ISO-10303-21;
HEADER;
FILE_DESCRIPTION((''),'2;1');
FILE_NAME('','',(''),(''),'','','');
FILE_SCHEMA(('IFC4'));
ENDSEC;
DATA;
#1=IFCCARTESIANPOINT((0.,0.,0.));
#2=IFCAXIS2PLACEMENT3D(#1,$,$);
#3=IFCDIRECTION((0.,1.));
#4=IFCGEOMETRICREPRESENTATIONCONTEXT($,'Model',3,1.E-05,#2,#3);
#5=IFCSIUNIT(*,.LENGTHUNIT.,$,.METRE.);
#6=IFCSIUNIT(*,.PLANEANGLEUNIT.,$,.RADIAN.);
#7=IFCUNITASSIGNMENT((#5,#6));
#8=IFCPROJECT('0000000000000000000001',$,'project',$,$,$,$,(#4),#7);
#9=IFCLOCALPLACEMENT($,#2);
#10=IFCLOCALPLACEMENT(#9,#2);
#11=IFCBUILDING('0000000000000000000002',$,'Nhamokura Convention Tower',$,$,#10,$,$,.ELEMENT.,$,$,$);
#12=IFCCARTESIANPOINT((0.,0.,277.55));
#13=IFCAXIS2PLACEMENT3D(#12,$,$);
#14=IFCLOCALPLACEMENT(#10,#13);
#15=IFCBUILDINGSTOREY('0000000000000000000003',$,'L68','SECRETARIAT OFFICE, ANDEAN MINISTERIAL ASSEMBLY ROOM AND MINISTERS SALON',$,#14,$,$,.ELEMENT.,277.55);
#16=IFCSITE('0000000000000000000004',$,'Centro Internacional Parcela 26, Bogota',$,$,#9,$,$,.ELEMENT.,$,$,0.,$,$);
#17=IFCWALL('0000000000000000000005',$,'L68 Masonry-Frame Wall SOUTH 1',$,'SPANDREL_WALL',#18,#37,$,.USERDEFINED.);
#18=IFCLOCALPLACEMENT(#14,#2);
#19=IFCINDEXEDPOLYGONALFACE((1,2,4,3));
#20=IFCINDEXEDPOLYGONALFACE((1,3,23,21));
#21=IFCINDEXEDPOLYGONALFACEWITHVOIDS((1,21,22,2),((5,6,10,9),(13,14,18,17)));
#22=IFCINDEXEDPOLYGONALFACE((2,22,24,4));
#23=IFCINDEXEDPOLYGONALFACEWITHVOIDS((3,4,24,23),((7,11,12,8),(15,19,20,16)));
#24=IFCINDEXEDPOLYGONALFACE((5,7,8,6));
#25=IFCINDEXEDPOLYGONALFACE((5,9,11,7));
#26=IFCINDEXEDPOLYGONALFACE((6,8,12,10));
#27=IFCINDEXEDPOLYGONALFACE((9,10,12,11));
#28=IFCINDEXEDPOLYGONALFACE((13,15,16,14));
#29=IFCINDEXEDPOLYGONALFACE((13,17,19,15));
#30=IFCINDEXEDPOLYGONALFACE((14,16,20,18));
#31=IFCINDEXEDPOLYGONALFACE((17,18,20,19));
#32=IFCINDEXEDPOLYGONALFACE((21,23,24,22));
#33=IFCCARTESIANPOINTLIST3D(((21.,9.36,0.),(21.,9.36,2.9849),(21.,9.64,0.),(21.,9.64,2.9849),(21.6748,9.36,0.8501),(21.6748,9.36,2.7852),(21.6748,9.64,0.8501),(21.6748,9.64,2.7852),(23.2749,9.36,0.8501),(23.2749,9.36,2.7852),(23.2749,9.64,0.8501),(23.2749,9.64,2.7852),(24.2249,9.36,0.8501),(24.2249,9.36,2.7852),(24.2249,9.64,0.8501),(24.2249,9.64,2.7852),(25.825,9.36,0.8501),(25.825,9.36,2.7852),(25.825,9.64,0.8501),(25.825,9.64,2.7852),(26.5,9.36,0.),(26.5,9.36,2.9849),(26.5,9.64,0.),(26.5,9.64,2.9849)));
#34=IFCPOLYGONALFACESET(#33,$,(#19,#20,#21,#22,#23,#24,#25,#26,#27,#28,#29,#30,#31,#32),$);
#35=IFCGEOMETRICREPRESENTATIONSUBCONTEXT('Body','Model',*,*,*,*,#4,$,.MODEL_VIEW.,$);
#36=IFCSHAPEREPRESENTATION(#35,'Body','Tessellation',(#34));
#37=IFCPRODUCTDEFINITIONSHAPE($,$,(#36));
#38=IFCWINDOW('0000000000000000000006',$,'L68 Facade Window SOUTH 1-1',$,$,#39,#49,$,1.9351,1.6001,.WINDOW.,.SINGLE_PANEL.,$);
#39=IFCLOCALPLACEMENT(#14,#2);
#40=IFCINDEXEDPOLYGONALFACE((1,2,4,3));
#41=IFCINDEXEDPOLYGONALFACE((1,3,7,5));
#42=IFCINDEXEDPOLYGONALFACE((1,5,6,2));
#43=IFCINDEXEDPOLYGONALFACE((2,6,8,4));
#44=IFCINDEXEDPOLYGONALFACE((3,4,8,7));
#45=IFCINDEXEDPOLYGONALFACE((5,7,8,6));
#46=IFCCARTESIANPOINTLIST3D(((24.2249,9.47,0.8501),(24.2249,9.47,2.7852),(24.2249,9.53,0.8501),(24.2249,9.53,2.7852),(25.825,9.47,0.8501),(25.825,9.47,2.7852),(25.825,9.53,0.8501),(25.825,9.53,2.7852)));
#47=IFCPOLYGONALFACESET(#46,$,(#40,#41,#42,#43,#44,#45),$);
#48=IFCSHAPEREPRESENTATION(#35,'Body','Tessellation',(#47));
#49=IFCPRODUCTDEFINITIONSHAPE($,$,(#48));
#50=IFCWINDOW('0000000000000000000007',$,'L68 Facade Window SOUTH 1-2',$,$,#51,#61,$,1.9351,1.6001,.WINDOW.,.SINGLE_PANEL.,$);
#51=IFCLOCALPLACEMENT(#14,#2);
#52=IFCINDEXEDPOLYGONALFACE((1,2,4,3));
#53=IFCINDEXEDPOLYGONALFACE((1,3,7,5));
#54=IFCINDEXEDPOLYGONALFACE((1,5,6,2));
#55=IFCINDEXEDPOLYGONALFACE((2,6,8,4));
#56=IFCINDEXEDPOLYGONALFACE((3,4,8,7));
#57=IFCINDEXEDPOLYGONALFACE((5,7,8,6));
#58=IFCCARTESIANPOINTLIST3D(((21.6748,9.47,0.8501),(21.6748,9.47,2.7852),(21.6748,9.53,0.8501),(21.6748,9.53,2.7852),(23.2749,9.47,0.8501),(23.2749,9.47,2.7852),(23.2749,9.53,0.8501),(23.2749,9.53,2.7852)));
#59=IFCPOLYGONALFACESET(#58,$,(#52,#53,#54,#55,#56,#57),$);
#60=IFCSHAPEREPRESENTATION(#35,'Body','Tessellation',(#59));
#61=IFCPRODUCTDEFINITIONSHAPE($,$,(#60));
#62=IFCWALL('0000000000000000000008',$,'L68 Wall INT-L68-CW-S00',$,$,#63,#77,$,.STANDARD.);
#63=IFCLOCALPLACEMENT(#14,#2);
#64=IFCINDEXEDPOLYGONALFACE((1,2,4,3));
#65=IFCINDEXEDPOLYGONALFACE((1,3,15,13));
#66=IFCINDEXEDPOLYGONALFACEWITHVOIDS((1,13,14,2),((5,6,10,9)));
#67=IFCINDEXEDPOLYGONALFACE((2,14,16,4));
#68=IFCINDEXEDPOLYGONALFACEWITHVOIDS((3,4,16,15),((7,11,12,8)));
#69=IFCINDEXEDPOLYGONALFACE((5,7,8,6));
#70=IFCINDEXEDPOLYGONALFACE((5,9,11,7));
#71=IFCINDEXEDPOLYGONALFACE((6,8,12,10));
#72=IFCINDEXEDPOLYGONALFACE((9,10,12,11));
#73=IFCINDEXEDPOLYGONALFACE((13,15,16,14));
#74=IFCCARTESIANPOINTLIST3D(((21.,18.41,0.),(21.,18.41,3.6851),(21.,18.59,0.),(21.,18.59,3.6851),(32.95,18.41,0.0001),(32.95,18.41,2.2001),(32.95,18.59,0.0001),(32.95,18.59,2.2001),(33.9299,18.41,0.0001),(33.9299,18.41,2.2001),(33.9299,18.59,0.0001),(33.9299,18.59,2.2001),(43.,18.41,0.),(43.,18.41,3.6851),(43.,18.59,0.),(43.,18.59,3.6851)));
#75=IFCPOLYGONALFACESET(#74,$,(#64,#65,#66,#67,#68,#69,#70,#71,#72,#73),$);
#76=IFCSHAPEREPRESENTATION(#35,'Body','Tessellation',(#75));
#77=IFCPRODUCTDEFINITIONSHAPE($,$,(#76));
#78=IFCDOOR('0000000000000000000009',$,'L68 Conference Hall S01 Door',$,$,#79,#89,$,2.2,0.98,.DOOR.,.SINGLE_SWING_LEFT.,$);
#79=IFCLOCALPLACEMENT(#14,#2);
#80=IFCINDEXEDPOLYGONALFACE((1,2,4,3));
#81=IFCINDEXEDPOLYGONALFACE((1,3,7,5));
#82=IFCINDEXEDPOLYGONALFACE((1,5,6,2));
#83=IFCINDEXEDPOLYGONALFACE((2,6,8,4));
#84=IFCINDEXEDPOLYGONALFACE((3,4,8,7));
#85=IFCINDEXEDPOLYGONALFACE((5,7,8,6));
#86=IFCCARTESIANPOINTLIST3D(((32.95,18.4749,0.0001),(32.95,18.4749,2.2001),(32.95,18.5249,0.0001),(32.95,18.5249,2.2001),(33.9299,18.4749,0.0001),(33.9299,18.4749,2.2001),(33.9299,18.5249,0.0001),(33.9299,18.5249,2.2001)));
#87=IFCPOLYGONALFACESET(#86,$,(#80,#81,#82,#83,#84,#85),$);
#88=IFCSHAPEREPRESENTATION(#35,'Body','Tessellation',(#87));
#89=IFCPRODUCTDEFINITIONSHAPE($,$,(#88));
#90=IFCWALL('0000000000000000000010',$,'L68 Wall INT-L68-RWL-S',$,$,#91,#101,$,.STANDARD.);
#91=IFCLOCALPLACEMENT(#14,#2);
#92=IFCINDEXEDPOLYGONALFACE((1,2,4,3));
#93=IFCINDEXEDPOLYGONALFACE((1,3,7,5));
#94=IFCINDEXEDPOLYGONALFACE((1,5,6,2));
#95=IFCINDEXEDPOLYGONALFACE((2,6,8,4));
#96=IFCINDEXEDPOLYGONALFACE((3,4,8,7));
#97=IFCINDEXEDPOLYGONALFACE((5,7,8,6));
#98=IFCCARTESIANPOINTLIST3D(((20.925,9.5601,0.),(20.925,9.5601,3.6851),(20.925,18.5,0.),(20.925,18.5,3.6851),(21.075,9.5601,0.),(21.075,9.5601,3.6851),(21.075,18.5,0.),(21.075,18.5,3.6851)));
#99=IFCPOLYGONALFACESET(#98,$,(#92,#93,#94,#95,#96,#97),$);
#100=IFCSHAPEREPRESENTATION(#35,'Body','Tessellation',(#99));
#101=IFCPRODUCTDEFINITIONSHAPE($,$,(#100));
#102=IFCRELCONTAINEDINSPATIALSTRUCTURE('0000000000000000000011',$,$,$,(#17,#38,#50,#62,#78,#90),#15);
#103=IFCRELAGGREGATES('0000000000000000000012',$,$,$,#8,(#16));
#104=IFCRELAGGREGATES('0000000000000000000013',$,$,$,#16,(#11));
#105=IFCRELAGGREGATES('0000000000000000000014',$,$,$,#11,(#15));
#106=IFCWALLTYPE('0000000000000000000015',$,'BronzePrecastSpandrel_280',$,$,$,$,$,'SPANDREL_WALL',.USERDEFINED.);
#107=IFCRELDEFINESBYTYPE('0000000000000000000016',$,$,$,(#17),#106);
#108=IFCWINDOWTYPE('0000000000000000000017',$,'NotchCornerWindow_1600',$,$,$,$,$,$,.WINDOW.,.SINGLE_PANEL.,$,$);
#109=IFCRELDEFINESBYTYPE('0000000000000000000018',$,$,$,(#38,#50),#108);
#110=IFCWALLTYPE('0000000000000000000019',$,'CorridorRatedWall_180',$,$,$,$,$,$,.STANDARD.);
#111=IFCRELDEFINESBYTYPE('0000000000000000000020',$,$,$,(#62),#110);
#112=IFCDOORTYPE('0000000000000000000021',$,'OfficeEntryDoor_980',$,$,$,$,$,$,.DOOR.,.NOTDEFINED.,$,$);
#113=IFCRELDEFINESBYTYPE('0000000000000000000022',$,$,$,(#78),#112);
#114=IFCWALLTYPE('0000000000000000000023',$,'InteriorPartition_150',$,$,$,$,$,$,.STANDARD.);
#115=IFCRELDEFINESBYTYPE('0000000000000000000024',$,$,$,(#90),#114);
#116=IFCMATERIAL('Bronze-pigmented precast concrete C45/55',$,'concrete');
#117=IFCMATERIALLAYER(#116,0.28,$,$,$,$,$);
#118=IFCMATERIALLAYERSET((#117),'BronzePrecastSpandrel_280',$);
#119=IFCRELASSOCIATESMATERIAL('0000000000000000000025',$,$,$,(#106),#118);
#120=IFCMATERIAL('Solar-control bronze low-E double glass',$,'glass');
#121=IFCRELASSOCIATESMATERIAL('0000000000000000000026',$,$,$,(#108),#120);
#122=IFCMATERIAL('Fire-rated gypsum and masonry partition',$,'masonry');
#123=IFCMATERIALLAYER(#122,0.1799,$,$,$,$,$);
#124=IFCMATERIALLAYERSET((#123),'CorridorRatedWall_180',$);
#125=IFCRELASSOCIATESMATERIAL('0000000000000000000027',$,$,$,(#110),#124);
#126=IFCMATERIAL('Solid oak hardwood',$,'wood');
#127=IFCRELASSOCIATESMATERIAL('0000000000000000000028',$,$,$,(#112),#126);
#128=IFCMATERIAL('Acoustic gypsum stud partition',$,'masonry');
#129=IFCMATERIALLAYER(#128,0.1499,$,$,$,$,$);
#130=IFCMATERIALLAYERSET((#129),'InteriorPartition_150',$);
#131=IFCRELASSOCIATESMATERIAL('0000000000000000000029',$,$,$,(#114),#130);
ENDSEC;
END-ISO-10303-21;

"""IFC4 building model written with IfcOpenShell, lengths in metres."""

from ifc_helpers import new_model, si_unit, direction, frame, frame_2d, origin, place, context, subcontext, project, spatial, rectangle, extrude, material, layer, layer_set, type_object, element, fill, save


model = new_model("IFC4")

# Units and contexts
model_context = context("Model", 3, precision=1e-05, world=origin(), true_north=direction((0.0, 1.0)))
body_context = subcontext(model_context, "Body", "Model", "MODEL_VIEW")
ifc_project = project(units=[si_unit("LENGTHUNIT", "METRE"), si_unit("PLANEANGLEUNIT", "RADIAN")], contexts=[model_context])

# Site, building, storey
site_placement = place(None, origin())
site = spatial("IfcSite", under=ifc_project, at=site_placement, Name="Centro Internacional Parcela 26, Bogota", CompositionType="ELEMENT", RefElevation=0.0)
building_placement = place(site_placement, origin())
building = spatial("IfcBuilding", under=site, at=building_placement, Name="Nhamokura Convention Tower", CompositionType="ELEMENT")
storey_placement = place(building_placement, frame((0.0, 0.0, 277.55)))
storey = spatial("IfcBuildingStorey", under=building, at=storey_placement, Name="L68", Description="SECRETARIAT OFFICE, ANDEAN MINISTERIAL ASSEMBLY ROOM AND MINISTERS SALON", CompositionType="ELEMENT", Elevation=277.55)

# Shared definitions
ifc_material_1 = material(Name="Bronze-pigmented precast concrete C45/55", Category="concrete")
ifc_layer_1 = layer(ifc_material_1, 0.28)
ifc_layer_set_1 = layer_set([ifc_layer_1], Name="BronzePrecastSpandrel_280")
wall_type_1 = type_object("IfcWallType", Name="BronzePrecastSpandrel_280", ElementType="SPANDREL_WALL", PredefinedType="USERDEFINED", material=ifc_layer_set_1)

# Wall, openings, windows
wall_1_placement = place(storey_placement, frame((26.5, 9.5, 0.0), z_axis=(0.0, 0.0, 1.0), x_axis=(-1.0, 0.0, 0.0)))
wall_1 = element("IfcWall", 1, at=wall_1_placement, inside=storey, type_object=wall_type_1, Name="L68 Masonry-Frame Wall SOUTH 1", ObjectType="SPANDREL_WALL", PredefinedType="USERDEFINED", context=body_context, shape_type="SweptSolid", body=[
    extrude(rectangle(XDim=5.5, YDim=0.28, at=frame_2d((2.75, 0.0))), origin(), (0.0, 0.0, 1.0), 2.9849),
])
opening_1_placement = place(wall_1_placement, frame((0.675, 0.0, 0.8501)))
opening_1 = element("IfcOpeningElement", 2, at=opening_1_placement, cuts=wall_1, PredefinedType="OPENING", context=body_context, shape_type="SweptSolid", body=[
    extrude(rectangle(XDim=1.6001, YDim=1.9351, at=frame_2d((0.8, 0.9675))), frame((0.0, 0.1499, 0.0), z_axis=(0.0, -1.0, 0.0), x_axis=(1.0, 0.0, 0.0)), (0.0, 0.0, 1.0), 0.3),
])
opening_2_placement = place(wall_1_placement, frame((3.2251, 0.0, 0.8501)))
opening_2 = element("IfcOpeningElement", 3, at=opening_2_placement, cuts=wall_1, PredefinedType="OPENING", context=body_context, shape_type="SweptSolid", body=[
    extrude(rectangle(XDim=1.6001, YDim=1.9351, at=frame_2d((0.8, 0.9675))), frame((0.0, 0.1499, 0.0), z_axis=(0.0, -1.0, 0.0), x_axis=(1.0, 0.0, 0.0)), (0.0, 0.0, 1.0), 0.3),
])
ifc_material_2 = material(Name="Solar-control bronze low-E double glass", Category="glass")
window_type = type_object("IfcWindowType", Name="NotchCornerWindow_1600", PartitioningType="SINGLE_PANEL", PredefinedType="WINDOW", material=ifc_material_2)
window_1_placement = place(opening_1_placement, origin())
window_1 = element("IfcWindow", 4, at=window_1_placement, inside=storey, type_object=window_type, Name="L68 Facade Window SOUTH 1-1", OverallHeight=1.9351, OverallWidth=1.6001, PartitioningType="SINGLE_PANEL", PredefinedType="WINDOW", context=body_context, shape_type="SweptSolid", body=[
    extrude(rectangle(XDim=1.6001, YDim=1.9351, at=frame_2d((0.8, 0.9675))), frame((0.0, 0.03, 0.0), z_axis=(0.0, -1.0, 0.0), x_axis=(1.0, 0.0, 0.0)), (0.0, 0.0, 1.0), 0.0601),
])
fill(opening_1, window_1)
window_2_placement = place(opening_2_placement, origin())
window_2 = element("IfcWindow", 5, at=window_2_placement, inside=storey, type_object=window_type, Name="L68 Facade Window SOUTH 1-2", OverallHeight=1.9351, OverallWidth=1.6001, PartitioningType="SINGLE_PANEL", PredefinedType="WINDOW", context=body_context, shape_type="SweptSolid", body=[
    extrude(rectangle(XDim=1.6001, YDim=1.9351, at=frame_2d((0.8, 0.9675))), frame((0.0, 0.03, 0.0), z_axis=(0.0, -1.0, 0.0), x_axis=(1.0, 0.0, 0.0)), (0.0, 0.0, 1.0), 0.0601),
])
fill(opening_2, window_2)

# Wall, opening, door
ifc_material_3 = material(Name="Fire-rated gypsum and masonry partition", Category="masonry")
ifc_layer_2 = layer(ifc_material_3, 0.1799)
ifc_layer_set_2 = layer_set([ifc_layer_2], Name="CorridorRatedWall_180")
wall_type_2 = type_object("IfcWallType", Name="CorridorRatedWall_180", PredefinedType="STANDARD", material=ifc_layer_set_2)
wall_2_placement = place(storey_placement, frame((21.0, 18.5, 0.0), z_axis=(0.0, 0.0, 1.0), x_axis=(1.0, 0.0, 0.0)))
wall_2 = element("IfcWall", 6, at=wall_2_placement, inside=storey, type_object=wall_type_2, Name="L68 Wall INT-L68-CW-S00", PredefinedType="STANDARD", context=body_context, shape_type="SweptSolid", body=[
    extrude(rectangle(XDim=22.0, YDim=0.1799, at=frame_2d((11.0, 0.0))), origin(), (0.0, 0.0, 1.0), 3.6851),
])
opening_3_placement = place(wall_2_placement, frame((11.95, 0.0, 0.0)))
opening_3 = element("IfcOpeningElement", 7, at=opening_3_placement, cuts=wall_2, PredefinedType="OPENING", context=body_context, shape_type="SweptSolid", body=[
    extrude(rectangle(XDim=0.98, YDim=2.2, at=frame_2d((0.49, 1.1001))), frame((0.0, 0.0999, 0.0), z_axis=(0.0, -1.0, 0.0), x_axis=(1.0, 0.0, 0.0)), (0.0, 0.0, 1.0), 0.2),
])
ifc_material_4 = material(Name="Solid oak hardwood", Category="wood")
door_type_1 = type_object("IfcDoorType", Name="OfficeEntryDoor_980", OperationType="NOTDEFINED", PredefinedType="DOOR", material=ifc_material_4)
door_1_placement = place(opening_3_placement, origin())
door_1 = element("IfcDoor", 8, at=door_1_placement, inside=storey, type_object=door_type_1, Name="L68 Conference Hall S01 Door", OperationType="SINGLE_SWING_LEFT", OverallHeight=2.2, OverallWidth=0.98, PredefinedType="DOOR", context=body_context, shape_type="SweptSolid", body=[
    extrude(rectangle(XDim=0.98, YDim=2.2, at=frame_2d((0.49, 1.1001))), frame((0.0, 0.0249, 0.0), z_axis=(0.0, -1.0, 0.0), x_axis=(1.0, 0.0, 0.0)), (0.0, 0.0, 1.0), 0.05),
])
fill(opening_3, door_1)

# Wall
ifc_material_5 = material(Name="Acoustic gypsum stud partition", Category="masonry")
ifc_layer_3 = layer(ifc_material_5, 0.1499)
ifc_layer_set_3 = layer_set([ifc_layer_3], Name="InteriorPartition_150")
wall_type_3 = type_object("IfcWallType", Name="InteriorPartition_150", PredefinedType="STANDARD", material=ifc_layer_set_3)
wall_3_placement = place(storey_placement, frame((21.0, 9.5601, 0.0), z_axis=(0.0, 0.0, 1.0), x_axis=(0.0, 1.0, 0.0)))
element("IfcWall", 9, at=wall_3_placement, inside=storey, type_object=wall_type_3, Name="L68 Wall INT-L68-RWL-S", PredefinedType="STANDARD", context=body_context, shape_type="SweptSolid", body=[
    extrude(rectangle(XDim=8.9399, YDim=0.1499, at=frame_2d((4.47, 0.0))), origin(), (0.0, 0.0, 1.0), 3.6851),
])

save(model, "model.ifc")
